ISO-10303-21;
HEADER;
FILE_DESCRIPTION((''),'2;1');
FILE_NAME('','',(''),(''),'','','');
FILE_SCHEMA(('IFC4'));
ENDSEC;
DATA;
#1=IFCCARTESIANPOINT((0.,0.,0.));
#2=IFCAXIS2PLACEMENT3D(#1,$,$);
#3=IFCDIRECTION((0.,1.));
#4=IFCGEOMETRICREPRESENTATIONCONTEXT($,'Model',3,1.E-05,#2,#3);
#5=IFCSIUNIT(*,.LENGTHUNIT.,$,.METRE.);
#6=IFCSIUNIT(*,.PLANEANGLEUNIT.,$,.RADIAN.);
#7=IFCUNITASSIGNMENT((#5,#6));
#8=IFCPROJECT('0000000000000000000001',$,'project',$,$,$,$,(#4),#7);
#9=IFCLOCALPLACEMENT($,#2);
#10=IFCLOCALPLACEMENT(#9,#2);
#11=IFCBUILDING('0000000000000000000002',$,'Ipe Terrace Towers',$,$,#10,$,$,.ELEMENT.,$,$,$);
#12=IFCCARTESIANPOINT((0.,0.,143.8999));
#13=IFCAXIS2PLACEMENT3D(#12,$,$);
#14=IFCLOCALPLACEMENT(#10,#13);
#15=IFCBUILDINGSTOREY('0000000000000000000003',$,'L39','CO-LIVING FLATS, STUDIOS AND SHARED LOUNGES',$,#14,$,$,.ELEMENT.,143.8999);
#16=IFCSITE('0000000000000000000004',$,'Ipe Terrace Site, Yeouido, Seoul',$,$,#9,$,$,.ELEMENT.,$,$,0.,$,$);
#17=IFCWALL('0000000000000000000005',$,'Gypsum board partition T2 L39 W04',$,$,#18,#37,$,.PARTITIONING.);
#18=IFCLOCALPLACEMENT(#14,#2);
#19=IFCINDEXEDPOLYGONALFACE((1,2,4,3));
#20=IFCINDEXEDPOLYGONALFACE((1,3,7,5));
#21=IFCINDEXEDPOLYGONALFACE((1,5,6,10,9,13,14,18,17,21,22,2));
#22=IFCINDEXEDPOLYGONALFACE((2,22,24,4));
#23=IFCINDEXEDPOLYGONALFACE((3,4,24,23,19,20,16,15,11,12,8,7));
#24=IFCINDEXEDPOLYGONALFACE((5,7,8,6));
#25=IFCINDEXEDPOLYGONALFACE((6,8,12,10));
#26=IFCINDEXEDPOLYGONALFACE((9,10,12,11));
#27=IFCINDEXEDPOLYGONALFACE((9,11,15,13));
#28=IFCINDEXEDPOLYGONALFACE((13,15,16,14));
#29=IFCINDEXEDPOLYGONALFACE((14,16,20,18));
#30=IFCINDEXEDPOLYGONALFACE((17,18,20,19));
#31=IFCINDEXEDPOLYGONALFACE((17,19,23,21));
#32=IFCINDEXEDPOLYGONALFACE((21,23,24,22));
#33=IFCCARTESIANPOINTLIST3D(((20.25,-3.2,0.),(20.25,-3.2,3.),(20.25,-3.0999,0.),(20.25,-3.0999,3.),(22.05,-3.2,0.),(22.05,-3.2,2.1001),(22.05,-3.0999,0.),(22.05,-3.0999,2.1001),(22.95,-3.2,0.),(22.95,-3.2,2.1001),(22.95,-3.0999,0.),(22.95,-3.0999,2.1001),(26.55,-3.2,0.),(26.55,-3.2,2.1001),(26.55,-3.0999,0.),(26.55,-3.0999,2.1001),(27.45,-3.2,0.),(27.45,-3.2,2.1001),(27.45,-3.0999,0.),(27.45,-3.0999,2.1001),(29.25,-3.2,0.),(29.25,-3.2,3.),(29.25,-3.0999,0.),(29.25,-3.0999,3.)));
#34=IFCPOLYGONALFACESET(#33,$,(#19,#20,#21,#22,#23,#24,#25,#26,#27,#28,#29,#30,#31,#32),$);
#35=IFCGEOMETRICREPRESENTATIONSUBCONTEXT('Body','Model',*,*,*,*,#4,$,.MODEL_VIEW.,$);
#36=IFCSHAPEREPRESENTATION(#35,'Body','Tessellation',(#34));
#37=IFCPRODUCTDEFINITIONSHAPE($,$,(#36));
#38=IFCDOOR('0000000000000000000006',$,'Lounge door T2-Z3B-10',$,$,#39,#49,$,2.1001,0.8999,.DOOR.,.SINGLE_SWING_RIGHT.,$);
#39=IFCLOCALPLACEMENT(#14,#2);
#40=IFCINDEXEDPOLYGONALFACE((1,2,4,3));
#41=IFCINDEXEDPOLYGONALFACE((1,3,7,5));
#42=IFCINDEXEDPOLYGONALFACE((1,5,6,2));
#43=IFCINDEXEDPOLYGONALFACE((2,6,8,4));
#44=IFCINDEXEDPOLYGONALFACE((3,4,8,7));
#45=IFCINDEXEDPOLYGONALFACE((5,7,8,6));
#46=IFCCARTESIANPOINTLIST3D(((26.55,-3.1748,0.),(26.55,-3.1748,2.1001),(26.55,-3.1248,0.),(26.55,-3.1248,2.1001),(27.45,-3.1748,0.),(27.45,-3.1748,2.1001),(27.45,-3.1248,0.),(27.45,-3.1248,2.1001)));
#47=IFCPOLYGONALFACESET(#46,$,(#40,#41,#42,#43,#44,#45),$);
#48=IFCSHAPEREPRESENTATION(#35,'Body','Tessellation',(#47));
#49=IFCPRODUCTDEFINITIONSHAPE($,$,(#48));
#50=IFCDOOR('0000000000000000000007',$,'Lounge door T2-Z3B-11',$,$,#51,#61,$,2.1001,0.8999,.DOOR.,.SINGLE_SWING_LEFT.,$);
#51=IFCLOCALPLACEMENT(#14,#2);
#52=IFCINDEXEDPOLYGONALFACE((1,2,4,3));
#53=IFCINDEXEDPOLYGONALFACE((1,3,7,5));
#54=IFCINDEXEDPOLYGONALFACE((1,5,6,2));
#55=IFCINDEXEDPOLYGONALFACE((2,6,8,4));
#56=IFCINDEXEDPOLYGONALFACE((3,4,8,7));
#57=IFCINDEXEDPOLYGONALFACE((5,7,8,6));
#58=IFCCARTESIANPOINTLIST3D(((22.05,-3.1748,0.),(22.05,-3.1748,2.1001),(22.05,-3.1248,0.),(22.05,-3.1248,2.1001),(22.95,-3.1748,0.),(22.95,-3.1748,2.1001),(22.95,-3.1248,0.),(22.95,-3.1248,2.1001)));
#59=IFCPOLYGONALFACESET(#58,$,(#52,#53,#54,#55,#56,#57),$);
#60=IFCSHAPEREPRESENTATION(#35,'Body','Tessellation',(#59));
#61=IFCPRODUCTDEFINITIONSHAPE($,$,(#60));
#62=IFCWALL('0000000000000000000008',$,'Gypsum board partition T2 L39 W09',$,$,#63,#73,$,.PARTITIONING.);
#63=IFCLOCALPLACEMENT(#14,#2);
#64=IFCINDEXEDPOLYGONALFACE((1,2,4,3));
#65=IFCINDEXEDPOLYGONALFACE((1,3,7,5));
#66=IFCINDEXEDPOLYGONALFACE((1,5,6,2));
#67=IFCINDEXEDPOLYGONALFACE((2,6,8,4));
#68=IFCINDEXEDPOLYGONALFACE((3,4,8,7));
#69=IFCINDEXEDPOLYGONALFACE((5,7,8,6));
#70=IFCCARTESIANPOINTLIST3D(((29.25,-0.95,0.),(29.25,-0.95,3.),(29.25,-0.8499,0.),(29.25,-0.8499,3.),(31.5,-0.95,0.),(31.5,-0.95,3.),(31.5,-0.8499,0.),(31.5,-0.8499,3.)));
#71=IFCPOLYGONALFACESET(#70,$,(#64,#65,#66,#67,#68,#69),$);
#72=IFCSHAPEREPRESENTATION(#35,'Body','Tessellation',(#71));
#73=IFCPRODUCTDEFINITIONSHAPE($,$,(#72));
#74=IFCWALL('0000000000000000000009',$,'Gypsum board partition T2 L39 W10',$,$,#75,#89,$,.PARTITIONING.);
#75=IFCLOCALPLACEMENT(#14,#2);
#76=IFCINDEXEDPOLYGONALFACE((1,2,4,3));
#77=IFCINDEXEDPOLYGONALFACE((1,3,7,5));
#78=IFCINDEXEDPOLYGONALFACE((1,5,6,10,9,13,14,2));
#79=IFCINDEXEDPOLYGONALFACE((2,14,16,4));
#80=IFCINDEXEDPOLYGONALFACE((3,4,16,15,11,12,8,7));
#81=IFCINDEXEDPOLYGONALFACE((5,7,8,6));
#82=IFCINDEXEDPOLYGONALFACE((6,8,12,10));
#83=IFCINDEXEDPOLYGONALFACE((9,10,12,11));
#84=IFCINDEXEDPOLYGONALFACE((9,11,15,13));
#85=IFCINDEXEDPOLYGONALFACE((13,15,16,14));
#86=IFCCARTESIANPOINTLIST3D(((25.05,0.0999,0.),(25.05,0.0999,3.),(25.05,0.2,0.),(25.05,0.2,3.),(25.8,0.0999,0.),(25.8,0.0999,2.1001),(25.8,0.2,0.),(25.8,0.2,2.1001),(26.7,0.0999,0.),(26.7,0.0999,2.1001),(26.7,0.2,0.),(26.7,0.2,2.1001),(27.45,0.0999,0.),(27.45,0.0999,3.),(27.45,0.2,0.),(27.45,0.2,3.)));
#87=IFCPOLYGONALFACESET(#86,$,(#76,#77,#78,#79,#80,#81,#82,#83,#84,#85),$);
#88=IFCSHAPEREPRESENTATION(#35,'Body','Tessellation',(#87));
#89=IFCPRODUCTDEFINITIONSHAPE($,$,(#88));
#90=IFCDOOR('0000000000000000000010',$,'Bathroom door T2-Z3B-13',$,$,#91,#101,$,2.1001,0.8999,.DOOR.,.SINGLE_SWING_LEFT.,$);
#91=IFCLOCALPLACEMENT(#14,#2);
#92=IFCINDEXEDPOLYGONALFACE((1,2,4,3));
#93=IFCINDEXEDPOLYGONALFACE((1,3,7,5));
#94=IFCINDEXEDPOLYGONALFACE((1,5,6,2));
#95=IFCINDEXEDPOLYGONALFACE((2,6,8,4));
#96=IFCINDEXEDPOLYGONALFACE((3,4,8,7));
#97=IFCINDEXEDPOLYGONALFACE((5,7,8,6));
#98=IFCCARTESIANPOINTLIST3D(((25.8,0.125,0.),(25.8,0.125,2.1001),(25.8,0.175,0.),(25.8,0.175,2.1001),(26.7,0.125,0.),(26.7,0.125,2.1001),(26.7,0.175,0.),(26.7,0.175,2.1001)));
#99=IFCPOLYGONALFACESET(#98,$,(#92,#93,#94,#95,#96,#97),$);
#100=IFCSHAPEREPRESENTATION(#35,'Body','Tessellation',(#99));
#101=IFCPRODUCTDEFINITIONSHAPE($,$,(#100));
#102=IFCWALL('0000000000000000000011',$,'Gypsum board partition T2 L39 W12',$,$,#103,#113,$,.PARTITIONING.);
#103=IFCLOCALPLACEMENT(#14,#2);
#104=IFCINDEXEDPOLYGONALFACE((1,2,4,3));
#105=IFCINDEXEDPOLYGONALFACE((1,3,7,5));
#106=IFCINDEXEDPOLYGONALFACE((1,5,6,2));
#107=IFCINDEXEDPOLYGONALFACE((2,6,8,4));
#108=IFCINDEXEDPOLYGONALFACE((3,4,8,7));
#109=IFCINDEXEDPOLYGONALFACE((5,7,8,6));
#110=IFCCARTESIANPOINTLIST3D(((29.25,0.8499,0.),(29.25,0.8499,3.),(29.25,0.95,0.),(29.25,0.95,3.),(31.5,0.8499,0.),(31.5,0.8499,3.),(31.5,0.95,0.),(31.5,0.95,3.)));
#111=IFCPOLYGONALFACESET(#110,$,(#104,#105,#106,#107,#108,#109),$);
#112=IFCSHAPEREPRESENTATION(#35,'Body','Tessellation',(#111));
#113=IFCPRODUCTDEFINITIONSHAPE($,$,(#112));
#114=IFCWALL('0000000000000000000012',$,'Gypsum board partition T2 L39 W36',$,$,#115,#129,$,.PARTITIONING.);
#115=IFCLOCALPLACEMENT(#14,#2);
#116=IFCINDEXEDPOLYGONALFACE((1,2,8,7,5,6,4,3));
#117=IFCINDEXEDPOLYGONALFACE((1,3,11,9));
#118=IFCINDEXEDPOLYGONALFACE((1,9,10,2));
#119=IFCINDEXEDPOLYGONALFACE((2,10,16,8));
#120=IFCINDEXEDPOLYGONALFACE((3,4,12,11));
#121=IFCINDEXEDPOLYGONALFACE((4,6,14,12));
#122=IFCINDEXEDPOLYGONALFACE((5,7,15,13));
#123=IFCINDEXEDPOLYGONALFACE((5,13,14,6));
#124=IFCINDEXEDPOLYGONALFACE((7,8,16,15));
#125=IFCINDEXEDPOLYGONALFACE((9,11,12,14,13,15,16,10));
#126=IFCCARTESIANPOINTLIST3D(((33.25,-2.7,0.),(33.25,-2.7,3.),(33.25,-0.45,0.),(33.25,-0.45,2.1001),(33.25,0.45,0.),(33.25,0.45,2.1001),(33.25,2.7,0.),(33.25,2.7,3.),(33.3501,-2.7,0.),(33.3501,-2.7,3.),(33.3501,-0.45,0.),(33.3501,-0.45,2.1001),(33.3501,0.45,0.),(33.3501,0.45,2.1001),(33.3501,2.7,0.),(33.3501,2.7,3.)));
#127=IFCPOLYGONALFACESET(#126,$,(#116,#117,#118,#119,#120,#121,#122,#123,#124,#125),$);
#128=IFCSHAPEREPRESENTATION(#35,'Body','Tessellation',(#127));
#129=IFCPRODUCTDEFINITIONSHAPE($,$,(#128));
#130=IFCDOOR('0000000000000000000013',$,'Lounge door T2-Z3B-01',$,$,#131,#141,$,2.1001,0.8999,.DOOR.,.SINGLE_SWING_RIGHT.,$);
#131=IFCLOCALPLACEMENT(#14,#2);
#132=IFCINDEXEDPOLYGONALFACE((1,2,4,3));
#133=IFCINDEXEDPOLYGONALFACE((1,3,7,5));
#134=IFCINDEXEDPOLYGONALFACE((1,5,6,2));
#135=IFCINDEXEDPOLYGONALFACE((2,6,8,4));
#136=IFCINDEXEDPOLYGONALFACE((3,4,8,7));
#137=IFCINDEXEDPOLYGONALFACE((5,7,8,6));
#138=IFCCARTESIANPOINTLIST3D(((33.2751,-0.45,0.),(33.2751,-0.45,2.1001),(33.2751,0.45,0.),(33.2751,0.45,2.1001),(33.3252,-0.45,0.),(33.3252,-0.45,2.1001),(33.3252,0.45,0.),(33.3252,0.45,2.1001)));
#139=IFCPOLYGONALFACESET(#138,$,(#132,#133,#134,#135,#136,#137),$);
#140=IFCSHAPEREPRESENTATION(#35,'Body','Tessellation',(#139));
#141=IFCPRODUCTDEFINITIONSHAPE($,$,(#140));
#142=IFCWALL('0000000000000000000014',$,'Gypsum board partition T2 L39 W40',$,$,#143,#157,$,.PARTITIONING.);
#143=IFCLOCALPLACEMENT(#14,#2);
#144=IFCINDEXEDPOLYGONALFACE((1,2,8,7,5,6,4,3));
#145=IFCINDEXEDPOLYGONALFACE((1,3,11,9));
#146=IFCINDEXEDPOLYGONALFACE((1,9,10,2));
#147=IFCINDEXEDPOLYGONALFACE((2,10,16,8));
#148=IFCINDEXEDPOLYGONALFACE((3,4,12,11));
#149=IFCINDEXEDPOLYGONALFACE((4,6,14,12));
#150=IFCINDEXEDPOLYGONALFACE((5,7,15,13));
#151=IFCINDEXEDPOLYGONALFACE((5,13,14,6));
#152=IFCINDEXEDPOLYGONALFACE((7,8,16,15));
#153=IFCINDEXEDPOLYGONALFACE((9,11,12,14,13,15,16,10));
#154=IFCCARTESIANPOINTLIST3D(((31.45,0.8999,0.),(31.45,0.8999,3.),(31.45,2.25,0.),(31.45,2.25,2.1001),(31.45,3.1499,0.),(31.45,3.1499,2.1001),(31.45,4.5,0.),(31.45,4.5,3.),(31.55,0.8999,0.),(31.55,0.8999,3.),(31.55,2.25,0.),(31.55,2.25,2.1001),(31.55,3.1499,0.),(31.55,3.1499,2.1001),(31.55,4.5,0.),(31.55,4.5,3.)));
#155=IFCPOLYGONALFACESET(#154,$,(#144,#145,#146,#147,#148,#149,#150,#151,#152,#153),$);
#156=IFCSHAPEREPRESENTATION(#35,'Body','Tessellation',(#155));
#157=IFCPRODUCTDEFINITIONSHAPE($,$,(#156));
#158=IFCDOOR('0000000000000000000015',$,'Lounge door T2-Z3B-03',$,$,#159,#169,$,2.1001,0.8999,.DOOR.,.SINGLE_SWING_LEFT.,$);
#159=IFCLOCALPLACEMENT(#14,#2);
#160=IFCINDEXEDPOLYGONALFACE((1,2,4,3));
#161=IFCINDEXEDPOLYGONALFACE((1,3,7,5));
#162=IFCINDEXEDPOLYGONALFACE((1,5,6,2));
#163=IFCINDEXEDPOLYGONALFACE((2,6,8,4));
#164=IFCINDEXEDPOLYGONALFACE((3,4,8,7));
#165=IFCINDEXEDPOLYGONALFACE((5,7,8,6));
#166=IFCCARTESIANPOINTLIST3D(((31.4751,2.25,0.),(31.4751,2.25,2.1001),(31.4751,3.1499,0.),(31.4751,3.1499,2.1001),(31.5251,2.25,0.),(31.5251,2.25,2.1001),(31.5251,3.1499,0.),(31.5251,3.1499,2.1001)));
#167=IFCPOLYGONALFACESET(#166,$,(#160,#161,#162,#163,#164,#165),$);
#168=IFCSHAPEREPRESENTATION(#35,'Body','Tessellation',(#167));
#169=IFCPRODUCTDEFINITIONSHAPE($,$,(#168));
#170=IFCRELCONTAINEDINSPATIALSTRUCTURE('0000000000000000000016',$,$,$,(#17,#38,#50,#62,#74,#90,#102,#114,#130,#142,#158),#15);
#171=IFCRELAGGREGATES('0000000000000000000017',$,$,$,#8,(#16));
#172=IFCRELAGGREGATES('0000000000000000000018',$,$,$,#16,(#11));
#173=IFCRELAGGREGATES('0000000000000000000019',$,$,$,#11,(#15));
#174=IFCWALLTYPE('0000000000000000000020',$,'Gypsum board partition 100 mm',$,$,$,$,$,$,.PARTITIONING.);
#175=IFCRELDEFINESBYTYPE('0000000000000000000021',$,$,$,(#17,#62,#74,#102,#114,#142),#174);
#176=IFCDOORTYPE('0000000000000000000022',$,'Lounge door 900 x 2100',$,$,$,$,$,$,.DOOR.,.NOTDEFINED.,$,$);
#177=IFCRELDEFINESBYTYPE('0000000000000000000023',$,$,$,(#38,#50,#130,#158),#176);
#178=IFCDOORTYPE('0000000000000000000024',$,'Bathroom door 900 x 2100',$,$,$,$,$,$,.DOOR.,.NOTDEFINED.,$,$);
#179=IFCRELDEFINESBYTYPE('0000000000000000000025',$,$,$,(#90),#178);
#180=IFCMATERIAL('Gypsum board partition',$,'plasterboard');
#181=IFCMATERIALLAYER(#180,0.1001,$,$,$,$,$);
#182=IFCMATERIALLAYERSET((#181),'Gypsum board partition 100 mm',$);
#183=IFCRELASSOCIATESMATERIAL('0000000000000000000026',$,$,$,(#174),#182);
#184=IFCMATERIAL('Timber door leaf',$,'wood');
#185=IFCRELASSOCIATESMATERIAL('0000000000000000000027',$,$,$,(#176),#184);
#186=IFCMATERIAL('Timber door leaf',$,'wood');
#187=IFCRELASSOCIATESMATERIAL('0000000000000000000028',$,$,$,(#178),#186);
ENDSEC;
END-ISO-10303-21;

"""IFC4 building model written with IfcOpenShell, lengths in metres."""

from ifc_helpers import new_model, si_unit, direction, frame, frame_2d, origin, place, context, subcontext, project, spatial, rectangle, extrude, material, layer, layer_set, type_object, element, fill, save


model = new_model("IFC4")

# Units and contexts
model_context = context("Model", 3, precision=1e-05, world=origin(), true_north=direction((0.0, 1.0)))
body_context = subcontext(model_context, "Body", "Model", "MODEL_VIEW")
ifc_project = project(units=[si_unit("LENGTHUNIT", "METRE"), si_unit("PLANEANGLEUNIT", "RADIAN")], contexts=[model_context])

# Site, building, storey
site_placement = place(None, origin())
site = spatial("IfcSite", under=ifc_project, at=site_placement, Name="Ipe Terrace Site, Yeouido, Seoul", CompositionType="ELEMENT", RefElevation=0.0)
building_placement = place(site_placement, origin())
building = spatial("IfcBuilding", under=site, at=building_placement, Name="Ipe Terrace Towers", CompositionType="ELEMENT")
storey_placement = place(building_placement, frame((0.0, 0.0, 143.8999)))
storey = spatial("IfcBuildingStorey", under=building, at=storey_placement, Name="L39", Description="CO-LIVING FLATS, STUDIOS AND SHARED LOUNGES", CompositionType="ELEMENT", Elevation=143.8999)

# Wall, openings, doors
ifc_material_1 = material(Name="Gypsum board partition", Category="plasterboard")
ifc_layer_1 = layer(ifc_material_1, 0.1001)
ifc_layer_set_1 = layer_set([ifc_layer_1], Name="Gypsum board partition 100 mm")
wall_type_1 = type_object("IfcWallType", Name="Gypsum board partition 100 mm", PredefinedType="PARTITIONING", material=ifc_layer_set_1)
wall_1_placement = place(storey_placement, frame((29.25, -3.1499, 0.0), z_axis=(0.0, 0.0, 1.0), x_axis=(-1.0, 0.0, 0.0)))
wall_1 = element("IfcWall", 1, at=wall_1_placement, inside=storey, type_object=wall_type_1, Name="Gypsum board partition T2 L39 W04", PredefinedType="PARTITIONING", context=body_context, shape_type="SweptSolid", body=[
    extrude(rectangle(XDim=9.0, YDim=0.1001, at=frame_2d((4.5, 0.0))), origin(), (0.0, 0.0, 1.0), 3.0),
])
opening_1_placement = place(wall_1_placement, frame((1.8, 0.0, 0.0)))
opening_1 = element("IfcOpeningElement", 2, at=opening_1_placement, cuts=wall_1, PredefinedType="OPENING", context=body_context, shape_type="SweptSolid", body=[
    extrude(rectangle(XDim=0.8999, YDim=2.1001, at=frame_2d((0.45, 1.05))), frame((0.0, 0.0601, 0.0), z_axis=(0.0, -1.0, 0.0), x_axis=(1.0, 0.0, 0.0)), (0.0, 0.0, 1.0), 0.1201),
])
opening_2_placement = place(wall_1_placement, frame((6.3, 0.0, 0.0)))
opening_2 = element("IfcOpeningElement", 3, at=opening_2_placement, cuts=wall_1, PredefinedType="OPENING", context=body_context, shape_type="SweptSolid", body=[
    extrude(rectangle(XDim=0.8999, YDim=2.1001, at=frame_2d((0.45, 1.05))), frame((0.0, 0.0601, 0.0), z_axis=(0.0, -1.0, 0.0), x_axis=(1.0, 0.0, 0.0)), (0.0, 0.0, 1.0), 0.1201),
])
ifc_material_2 = material(Name="Timber door leaf", Category="wood")
door_type_1 = type_object("IfcDoorType", Name="Lounge door 900 x 2100", OperationType="NOTDEFINED", PredefinedType="DOOR", material=ifc_material_2)
door_1_placement = place(opening_1_placement, origin())
door_1 = element("IfcDoor", 4, at=door_1_placement, inside=storey, type_object=door_type_1, Name="Lounge door T2-Z3B-10", OperationType="SINGLE_SWING_RIGHT", OverallHeight=2.1001, OverallWidth=0.8999, PredefinedType="DOOR", context=body_context, shape_type="SweptSolid", body=[
    extrude(rectangle(XDim=0.8999, YDim=2.1001, at=frame_2d((0.45, 1.05))), frame((0.0, 0.0249, 0.0), z_axis=(0.0, -1.0, 0.0), x_axis=(1.0, 0.0, 0.0)), (0.0, 0.0, 1.0), 0.05),
])
fill(opening_1, door_1)
door_2_placement = place(opening_2_placement, origin())
door_2 = element("IfcDoor", 5, at=door_2_placement, inside=storey, type_object=door_type_1, Name="Lounge door T2-Z3B-11", OperationType="SINGLE_SWING_LEFT", OverallHeight=2.1001, OverallWidth=0.8999, PredefinedType="DOOR", context=body_context, shape_type="SweptSolid", body=[
    extrude(rectangle(XDim=0.8999, YDim=2.1001, at=frame_2d((0.45, 1.05))), frame((0.0, 0.0249, 0.0), z_axis=(0.0, -1.0, 0.0), x_axis=(1.0, 0.0, 0.0)), (0.0, 0.0, 1.0), 0.05),
])
fill(opening_2, door_2)

# Wall
wall_2_placement = place(storey_placement, frame((31.5, -0.8999, 0.0), z_axis=(0.0, 0.0, 1.0), x_axis=(-1.0, 0.0, 0.0)))
element("IfcWall", 6, at=wall_2_placement, inside=storey, type_object=wall_type_1, Name="Gypsum board partition T2 L39 W09", PredefinedType="PARTITIONING", context=body_context, shape_type="SweptSolid", body=[
    extrude(rectangle(XDim=2.25, YDim=0.1001, at=frame_2d((1.125, 0.0))), origin(), (0.0, 0.0, 1.0), 3.0),
])

# Wall, opening, door
wall_3_placement = place(storey_placement, frame((27.45, 0.1499, 0.0), z_axis=(0.0, 0.0, 1.0), x_axis=(-1.0, 0.0, 0.0)))
wall_3 = element("IfcWall", 7, at=wall_3_placement, inside=storey, type_object=wall_type_1, Name="Gypsum board partition T2 L39 W10", PredefinedType="PARTITIONING", context=body_context, shape_type="SweptSolid", body=[
    extrude(rectangle(XDim=2.3999, YDim=0.1001, at=frame_2d((1.2, 0.0))), origin(), (0.0, 0.0, 1.0), 3.0),
])
opening_3_placement = place(wall_3_placement, frame((0.75, 0.0, 0.0)))
opening_3 = element("IfcOpeningElement", 8, at=opening_3_placement, cuts=wall_3, PredefinedType="OPENING", context=body_context, shape_type="SweptSolid", body=[
    extrude(rectangle(XDim=0.8999, YDim=2.1001, at=frame_2d((0.45, 1.05))), frame((0.0, 0.0601, 0.0), z_axis=(0.0, -1.0, 0.0), x_axis=(1.0, 0.0, 0.0)), (0.0, 0.0, 1.0), 0.1201),
])
ifc_material_3 = material(Name="Timber door leaf", Category="wood")
door_type_2 = type_object("IfcDoorType", Name="Bathroom door 900 x 2100", OperationType="NOTDEFINED", PredefinedType="DOOR", material=ifc_material_3)
door_3_placement = place(opening_3_placement, origin())
door_3 = element("IfcDoor", 9, at=door_3_placement, inside=storey, type_object=door_type_2, Name="Bathroom door T2-Z3B-13", OperationType="SINGLE_SWING_LEFT", OverallHeight=2.1001, OverallWidth=0.8999, PredefinedType="DOOR", context=body_context, shape_type="SweptSolid", body=[
    extrude(rectangle(XDim=0.8999, YDim=2.1001, at=frame_2d((0.45, 1.05))), frame((0.0, 0.0249, 0.0), z_axis=(0.0, -1.0, 0.0), x_axis=(1.0, 0.0, 0.0)), (0.0, 0.0, 1.0), 0.05),
])
fill(opening_3, door_3)

# Wall
wall_4_placement = place(storey_placement, frame((31.5, 0.8999, 0.0), z_axis=(0.0, 0.0, 1.0), x_axis=(-1.0, 0.0, 0.0)))
element("IfcWall", 10, at=wall_4_placement, inside=storey, type_object=wall_type_1, Name="Gypsum board partition T2 L39 W12", PredefinedType="PARTITIONING", context=body_context, shape_type="SweptSolid", body=[
    extrude(rectangle(XDim=2.25, YDim=0.1001, at=frame_2d((1.125, 0.0))), origin(), (0.0, 0.0, 1.0), 3.0),
])

# Walls, openings, doors
wall_5_placement = place(storey_placement, frame((33.3, -2.7, 0.0), z_axis=(0.0, 0.0, 1.0), x_axis=(0.0, 1.0, 0.0)))
wall_5 = element("IfcWall", 11, at=wall_5_placement, inside=storey, type_object=wall_type_1, Name="Gypsum board partition T2 L39 W36", PredefinedType="PARTITIONING", context=body_context, shape_type="SweptSolid", body=[
    extrude(rectangle(XDim=5.3999, YDim=0.1001, at=frame_2d((2.7, 0.0))), origin(), (0.0, 0.0, 1.0), 3.0),
])
opening_4_placement = place(wall_5_placement, frame((2.25, 0.0, 0.0)))
opening_4 = element("IfcOpeningElement", 12, at=opening_4_placement, cuts=wall_5, PredefinedType="OPENING", context=body_context, shape_type="SweptSolid", body=[
    extrude(rectangle(XDim=0.8999, YDim=2.1001, at=frame_2d((0.45, 1.05))), frame((0.0, 0.0601, 0.0), z_axis=(0.0, -1.0, 0.0), x_axis=(1.0, 0.0, 0.0)), (0.0, 0.0, 1.0), 0.1201),
])
door_4_placement = place(opening_4_placement, origin())
door_4 = element("IfcDoor", 13, at=door_4_placement, inside=storey, type_object=door_type_1, Name="Lounge door T2-Z3B-01", OperationType="SINGLE_SWING_RIGHT", OverallHeight=2.1001, OverallWidth=0.8999, PredefinedType="DOOR", context=body_context, shape_type="SweptSolid", body=[
    extrude(rectangle(XDim=0.8999, YDim=2.1001, at=frame_2d((0.45, 1.05))), frame((0.0, 0.0249, 0.0), z_axis=(0.0, -1.0, 0.0), x_axis=(1.0, 0.0, 0.0)), (0.0, 0.0, 1.0), 0.05),
])
fill(opening_4, door_4)
wall_6_placement = place(storey_placement, frame((31.5, 0.8999, 0.0), z_axis=(0.0, 0.0, 1.0), x_axis=(0.0, 1.0, 0.0)))
wall_6 = element("IfcWall", 14, at=wall_6_placement, inside=storey, type_object=wall_type_1, Name="Gypsum board partition T2 L39 W40", PredefinedType="PARTITIONING", context=body_context, shape_type="SweptSolid", body=[
    extrude(rectangle(XDim=3.6001, YDim=0.1001, at=frame_2d((1.8, 0.0))), origin(), (0.0, 0.0, 1.0), 3.0),
])
opening_5_placement = place(wall_6_placement, frame((1.3501, 0.0, 0.0)))
opening_5 = element("IfcOpeningElement", 15, at=opening_5_placement, cuts=wall_6, PredefinedType="OPENING", context=body_context, shape_type="SweptSolid", body=[
    extrude(rectangle(XDim=0.8999, YDim=2.1001, at=frame_2d((0.45, 1.05))), frame((0.0, 0.0601, 0.0), z_axis=(0.0, -1.0, 0.0), x_axis=(1.0, 0.0, 0.0)), (0.0, 0.0, 1.0), 0.1201),
])
door_5_placement = place(opening_5_placement, origin())
door_5 = element("IfcDoor", 16, at=door_5_placement, inside=storey, type_object=door_type_1, Name="Lounge door T2-Z3B-03", OperationType="SINGLE_SWING_LEFT", OverallHeight=2.1001, OverallWidth=0.8999, PredefinedType="DOOR", context=body_context, shape_type="SweptSolid", body=[
    extrude(rectangle(XDim=0.8999, YDim=2.1001, at=frame_2d((0.45, 1.05))), frame((0.0, 0.0249, 0.0), z_axis=(0.0, -1.0, 0.0), x_axis=(1.0, 0.0, 0.0)), (0.0, 0.0, 1.0), 0.05),
])
fill(opening_5, door_5)

save(model, "model.ifc")
